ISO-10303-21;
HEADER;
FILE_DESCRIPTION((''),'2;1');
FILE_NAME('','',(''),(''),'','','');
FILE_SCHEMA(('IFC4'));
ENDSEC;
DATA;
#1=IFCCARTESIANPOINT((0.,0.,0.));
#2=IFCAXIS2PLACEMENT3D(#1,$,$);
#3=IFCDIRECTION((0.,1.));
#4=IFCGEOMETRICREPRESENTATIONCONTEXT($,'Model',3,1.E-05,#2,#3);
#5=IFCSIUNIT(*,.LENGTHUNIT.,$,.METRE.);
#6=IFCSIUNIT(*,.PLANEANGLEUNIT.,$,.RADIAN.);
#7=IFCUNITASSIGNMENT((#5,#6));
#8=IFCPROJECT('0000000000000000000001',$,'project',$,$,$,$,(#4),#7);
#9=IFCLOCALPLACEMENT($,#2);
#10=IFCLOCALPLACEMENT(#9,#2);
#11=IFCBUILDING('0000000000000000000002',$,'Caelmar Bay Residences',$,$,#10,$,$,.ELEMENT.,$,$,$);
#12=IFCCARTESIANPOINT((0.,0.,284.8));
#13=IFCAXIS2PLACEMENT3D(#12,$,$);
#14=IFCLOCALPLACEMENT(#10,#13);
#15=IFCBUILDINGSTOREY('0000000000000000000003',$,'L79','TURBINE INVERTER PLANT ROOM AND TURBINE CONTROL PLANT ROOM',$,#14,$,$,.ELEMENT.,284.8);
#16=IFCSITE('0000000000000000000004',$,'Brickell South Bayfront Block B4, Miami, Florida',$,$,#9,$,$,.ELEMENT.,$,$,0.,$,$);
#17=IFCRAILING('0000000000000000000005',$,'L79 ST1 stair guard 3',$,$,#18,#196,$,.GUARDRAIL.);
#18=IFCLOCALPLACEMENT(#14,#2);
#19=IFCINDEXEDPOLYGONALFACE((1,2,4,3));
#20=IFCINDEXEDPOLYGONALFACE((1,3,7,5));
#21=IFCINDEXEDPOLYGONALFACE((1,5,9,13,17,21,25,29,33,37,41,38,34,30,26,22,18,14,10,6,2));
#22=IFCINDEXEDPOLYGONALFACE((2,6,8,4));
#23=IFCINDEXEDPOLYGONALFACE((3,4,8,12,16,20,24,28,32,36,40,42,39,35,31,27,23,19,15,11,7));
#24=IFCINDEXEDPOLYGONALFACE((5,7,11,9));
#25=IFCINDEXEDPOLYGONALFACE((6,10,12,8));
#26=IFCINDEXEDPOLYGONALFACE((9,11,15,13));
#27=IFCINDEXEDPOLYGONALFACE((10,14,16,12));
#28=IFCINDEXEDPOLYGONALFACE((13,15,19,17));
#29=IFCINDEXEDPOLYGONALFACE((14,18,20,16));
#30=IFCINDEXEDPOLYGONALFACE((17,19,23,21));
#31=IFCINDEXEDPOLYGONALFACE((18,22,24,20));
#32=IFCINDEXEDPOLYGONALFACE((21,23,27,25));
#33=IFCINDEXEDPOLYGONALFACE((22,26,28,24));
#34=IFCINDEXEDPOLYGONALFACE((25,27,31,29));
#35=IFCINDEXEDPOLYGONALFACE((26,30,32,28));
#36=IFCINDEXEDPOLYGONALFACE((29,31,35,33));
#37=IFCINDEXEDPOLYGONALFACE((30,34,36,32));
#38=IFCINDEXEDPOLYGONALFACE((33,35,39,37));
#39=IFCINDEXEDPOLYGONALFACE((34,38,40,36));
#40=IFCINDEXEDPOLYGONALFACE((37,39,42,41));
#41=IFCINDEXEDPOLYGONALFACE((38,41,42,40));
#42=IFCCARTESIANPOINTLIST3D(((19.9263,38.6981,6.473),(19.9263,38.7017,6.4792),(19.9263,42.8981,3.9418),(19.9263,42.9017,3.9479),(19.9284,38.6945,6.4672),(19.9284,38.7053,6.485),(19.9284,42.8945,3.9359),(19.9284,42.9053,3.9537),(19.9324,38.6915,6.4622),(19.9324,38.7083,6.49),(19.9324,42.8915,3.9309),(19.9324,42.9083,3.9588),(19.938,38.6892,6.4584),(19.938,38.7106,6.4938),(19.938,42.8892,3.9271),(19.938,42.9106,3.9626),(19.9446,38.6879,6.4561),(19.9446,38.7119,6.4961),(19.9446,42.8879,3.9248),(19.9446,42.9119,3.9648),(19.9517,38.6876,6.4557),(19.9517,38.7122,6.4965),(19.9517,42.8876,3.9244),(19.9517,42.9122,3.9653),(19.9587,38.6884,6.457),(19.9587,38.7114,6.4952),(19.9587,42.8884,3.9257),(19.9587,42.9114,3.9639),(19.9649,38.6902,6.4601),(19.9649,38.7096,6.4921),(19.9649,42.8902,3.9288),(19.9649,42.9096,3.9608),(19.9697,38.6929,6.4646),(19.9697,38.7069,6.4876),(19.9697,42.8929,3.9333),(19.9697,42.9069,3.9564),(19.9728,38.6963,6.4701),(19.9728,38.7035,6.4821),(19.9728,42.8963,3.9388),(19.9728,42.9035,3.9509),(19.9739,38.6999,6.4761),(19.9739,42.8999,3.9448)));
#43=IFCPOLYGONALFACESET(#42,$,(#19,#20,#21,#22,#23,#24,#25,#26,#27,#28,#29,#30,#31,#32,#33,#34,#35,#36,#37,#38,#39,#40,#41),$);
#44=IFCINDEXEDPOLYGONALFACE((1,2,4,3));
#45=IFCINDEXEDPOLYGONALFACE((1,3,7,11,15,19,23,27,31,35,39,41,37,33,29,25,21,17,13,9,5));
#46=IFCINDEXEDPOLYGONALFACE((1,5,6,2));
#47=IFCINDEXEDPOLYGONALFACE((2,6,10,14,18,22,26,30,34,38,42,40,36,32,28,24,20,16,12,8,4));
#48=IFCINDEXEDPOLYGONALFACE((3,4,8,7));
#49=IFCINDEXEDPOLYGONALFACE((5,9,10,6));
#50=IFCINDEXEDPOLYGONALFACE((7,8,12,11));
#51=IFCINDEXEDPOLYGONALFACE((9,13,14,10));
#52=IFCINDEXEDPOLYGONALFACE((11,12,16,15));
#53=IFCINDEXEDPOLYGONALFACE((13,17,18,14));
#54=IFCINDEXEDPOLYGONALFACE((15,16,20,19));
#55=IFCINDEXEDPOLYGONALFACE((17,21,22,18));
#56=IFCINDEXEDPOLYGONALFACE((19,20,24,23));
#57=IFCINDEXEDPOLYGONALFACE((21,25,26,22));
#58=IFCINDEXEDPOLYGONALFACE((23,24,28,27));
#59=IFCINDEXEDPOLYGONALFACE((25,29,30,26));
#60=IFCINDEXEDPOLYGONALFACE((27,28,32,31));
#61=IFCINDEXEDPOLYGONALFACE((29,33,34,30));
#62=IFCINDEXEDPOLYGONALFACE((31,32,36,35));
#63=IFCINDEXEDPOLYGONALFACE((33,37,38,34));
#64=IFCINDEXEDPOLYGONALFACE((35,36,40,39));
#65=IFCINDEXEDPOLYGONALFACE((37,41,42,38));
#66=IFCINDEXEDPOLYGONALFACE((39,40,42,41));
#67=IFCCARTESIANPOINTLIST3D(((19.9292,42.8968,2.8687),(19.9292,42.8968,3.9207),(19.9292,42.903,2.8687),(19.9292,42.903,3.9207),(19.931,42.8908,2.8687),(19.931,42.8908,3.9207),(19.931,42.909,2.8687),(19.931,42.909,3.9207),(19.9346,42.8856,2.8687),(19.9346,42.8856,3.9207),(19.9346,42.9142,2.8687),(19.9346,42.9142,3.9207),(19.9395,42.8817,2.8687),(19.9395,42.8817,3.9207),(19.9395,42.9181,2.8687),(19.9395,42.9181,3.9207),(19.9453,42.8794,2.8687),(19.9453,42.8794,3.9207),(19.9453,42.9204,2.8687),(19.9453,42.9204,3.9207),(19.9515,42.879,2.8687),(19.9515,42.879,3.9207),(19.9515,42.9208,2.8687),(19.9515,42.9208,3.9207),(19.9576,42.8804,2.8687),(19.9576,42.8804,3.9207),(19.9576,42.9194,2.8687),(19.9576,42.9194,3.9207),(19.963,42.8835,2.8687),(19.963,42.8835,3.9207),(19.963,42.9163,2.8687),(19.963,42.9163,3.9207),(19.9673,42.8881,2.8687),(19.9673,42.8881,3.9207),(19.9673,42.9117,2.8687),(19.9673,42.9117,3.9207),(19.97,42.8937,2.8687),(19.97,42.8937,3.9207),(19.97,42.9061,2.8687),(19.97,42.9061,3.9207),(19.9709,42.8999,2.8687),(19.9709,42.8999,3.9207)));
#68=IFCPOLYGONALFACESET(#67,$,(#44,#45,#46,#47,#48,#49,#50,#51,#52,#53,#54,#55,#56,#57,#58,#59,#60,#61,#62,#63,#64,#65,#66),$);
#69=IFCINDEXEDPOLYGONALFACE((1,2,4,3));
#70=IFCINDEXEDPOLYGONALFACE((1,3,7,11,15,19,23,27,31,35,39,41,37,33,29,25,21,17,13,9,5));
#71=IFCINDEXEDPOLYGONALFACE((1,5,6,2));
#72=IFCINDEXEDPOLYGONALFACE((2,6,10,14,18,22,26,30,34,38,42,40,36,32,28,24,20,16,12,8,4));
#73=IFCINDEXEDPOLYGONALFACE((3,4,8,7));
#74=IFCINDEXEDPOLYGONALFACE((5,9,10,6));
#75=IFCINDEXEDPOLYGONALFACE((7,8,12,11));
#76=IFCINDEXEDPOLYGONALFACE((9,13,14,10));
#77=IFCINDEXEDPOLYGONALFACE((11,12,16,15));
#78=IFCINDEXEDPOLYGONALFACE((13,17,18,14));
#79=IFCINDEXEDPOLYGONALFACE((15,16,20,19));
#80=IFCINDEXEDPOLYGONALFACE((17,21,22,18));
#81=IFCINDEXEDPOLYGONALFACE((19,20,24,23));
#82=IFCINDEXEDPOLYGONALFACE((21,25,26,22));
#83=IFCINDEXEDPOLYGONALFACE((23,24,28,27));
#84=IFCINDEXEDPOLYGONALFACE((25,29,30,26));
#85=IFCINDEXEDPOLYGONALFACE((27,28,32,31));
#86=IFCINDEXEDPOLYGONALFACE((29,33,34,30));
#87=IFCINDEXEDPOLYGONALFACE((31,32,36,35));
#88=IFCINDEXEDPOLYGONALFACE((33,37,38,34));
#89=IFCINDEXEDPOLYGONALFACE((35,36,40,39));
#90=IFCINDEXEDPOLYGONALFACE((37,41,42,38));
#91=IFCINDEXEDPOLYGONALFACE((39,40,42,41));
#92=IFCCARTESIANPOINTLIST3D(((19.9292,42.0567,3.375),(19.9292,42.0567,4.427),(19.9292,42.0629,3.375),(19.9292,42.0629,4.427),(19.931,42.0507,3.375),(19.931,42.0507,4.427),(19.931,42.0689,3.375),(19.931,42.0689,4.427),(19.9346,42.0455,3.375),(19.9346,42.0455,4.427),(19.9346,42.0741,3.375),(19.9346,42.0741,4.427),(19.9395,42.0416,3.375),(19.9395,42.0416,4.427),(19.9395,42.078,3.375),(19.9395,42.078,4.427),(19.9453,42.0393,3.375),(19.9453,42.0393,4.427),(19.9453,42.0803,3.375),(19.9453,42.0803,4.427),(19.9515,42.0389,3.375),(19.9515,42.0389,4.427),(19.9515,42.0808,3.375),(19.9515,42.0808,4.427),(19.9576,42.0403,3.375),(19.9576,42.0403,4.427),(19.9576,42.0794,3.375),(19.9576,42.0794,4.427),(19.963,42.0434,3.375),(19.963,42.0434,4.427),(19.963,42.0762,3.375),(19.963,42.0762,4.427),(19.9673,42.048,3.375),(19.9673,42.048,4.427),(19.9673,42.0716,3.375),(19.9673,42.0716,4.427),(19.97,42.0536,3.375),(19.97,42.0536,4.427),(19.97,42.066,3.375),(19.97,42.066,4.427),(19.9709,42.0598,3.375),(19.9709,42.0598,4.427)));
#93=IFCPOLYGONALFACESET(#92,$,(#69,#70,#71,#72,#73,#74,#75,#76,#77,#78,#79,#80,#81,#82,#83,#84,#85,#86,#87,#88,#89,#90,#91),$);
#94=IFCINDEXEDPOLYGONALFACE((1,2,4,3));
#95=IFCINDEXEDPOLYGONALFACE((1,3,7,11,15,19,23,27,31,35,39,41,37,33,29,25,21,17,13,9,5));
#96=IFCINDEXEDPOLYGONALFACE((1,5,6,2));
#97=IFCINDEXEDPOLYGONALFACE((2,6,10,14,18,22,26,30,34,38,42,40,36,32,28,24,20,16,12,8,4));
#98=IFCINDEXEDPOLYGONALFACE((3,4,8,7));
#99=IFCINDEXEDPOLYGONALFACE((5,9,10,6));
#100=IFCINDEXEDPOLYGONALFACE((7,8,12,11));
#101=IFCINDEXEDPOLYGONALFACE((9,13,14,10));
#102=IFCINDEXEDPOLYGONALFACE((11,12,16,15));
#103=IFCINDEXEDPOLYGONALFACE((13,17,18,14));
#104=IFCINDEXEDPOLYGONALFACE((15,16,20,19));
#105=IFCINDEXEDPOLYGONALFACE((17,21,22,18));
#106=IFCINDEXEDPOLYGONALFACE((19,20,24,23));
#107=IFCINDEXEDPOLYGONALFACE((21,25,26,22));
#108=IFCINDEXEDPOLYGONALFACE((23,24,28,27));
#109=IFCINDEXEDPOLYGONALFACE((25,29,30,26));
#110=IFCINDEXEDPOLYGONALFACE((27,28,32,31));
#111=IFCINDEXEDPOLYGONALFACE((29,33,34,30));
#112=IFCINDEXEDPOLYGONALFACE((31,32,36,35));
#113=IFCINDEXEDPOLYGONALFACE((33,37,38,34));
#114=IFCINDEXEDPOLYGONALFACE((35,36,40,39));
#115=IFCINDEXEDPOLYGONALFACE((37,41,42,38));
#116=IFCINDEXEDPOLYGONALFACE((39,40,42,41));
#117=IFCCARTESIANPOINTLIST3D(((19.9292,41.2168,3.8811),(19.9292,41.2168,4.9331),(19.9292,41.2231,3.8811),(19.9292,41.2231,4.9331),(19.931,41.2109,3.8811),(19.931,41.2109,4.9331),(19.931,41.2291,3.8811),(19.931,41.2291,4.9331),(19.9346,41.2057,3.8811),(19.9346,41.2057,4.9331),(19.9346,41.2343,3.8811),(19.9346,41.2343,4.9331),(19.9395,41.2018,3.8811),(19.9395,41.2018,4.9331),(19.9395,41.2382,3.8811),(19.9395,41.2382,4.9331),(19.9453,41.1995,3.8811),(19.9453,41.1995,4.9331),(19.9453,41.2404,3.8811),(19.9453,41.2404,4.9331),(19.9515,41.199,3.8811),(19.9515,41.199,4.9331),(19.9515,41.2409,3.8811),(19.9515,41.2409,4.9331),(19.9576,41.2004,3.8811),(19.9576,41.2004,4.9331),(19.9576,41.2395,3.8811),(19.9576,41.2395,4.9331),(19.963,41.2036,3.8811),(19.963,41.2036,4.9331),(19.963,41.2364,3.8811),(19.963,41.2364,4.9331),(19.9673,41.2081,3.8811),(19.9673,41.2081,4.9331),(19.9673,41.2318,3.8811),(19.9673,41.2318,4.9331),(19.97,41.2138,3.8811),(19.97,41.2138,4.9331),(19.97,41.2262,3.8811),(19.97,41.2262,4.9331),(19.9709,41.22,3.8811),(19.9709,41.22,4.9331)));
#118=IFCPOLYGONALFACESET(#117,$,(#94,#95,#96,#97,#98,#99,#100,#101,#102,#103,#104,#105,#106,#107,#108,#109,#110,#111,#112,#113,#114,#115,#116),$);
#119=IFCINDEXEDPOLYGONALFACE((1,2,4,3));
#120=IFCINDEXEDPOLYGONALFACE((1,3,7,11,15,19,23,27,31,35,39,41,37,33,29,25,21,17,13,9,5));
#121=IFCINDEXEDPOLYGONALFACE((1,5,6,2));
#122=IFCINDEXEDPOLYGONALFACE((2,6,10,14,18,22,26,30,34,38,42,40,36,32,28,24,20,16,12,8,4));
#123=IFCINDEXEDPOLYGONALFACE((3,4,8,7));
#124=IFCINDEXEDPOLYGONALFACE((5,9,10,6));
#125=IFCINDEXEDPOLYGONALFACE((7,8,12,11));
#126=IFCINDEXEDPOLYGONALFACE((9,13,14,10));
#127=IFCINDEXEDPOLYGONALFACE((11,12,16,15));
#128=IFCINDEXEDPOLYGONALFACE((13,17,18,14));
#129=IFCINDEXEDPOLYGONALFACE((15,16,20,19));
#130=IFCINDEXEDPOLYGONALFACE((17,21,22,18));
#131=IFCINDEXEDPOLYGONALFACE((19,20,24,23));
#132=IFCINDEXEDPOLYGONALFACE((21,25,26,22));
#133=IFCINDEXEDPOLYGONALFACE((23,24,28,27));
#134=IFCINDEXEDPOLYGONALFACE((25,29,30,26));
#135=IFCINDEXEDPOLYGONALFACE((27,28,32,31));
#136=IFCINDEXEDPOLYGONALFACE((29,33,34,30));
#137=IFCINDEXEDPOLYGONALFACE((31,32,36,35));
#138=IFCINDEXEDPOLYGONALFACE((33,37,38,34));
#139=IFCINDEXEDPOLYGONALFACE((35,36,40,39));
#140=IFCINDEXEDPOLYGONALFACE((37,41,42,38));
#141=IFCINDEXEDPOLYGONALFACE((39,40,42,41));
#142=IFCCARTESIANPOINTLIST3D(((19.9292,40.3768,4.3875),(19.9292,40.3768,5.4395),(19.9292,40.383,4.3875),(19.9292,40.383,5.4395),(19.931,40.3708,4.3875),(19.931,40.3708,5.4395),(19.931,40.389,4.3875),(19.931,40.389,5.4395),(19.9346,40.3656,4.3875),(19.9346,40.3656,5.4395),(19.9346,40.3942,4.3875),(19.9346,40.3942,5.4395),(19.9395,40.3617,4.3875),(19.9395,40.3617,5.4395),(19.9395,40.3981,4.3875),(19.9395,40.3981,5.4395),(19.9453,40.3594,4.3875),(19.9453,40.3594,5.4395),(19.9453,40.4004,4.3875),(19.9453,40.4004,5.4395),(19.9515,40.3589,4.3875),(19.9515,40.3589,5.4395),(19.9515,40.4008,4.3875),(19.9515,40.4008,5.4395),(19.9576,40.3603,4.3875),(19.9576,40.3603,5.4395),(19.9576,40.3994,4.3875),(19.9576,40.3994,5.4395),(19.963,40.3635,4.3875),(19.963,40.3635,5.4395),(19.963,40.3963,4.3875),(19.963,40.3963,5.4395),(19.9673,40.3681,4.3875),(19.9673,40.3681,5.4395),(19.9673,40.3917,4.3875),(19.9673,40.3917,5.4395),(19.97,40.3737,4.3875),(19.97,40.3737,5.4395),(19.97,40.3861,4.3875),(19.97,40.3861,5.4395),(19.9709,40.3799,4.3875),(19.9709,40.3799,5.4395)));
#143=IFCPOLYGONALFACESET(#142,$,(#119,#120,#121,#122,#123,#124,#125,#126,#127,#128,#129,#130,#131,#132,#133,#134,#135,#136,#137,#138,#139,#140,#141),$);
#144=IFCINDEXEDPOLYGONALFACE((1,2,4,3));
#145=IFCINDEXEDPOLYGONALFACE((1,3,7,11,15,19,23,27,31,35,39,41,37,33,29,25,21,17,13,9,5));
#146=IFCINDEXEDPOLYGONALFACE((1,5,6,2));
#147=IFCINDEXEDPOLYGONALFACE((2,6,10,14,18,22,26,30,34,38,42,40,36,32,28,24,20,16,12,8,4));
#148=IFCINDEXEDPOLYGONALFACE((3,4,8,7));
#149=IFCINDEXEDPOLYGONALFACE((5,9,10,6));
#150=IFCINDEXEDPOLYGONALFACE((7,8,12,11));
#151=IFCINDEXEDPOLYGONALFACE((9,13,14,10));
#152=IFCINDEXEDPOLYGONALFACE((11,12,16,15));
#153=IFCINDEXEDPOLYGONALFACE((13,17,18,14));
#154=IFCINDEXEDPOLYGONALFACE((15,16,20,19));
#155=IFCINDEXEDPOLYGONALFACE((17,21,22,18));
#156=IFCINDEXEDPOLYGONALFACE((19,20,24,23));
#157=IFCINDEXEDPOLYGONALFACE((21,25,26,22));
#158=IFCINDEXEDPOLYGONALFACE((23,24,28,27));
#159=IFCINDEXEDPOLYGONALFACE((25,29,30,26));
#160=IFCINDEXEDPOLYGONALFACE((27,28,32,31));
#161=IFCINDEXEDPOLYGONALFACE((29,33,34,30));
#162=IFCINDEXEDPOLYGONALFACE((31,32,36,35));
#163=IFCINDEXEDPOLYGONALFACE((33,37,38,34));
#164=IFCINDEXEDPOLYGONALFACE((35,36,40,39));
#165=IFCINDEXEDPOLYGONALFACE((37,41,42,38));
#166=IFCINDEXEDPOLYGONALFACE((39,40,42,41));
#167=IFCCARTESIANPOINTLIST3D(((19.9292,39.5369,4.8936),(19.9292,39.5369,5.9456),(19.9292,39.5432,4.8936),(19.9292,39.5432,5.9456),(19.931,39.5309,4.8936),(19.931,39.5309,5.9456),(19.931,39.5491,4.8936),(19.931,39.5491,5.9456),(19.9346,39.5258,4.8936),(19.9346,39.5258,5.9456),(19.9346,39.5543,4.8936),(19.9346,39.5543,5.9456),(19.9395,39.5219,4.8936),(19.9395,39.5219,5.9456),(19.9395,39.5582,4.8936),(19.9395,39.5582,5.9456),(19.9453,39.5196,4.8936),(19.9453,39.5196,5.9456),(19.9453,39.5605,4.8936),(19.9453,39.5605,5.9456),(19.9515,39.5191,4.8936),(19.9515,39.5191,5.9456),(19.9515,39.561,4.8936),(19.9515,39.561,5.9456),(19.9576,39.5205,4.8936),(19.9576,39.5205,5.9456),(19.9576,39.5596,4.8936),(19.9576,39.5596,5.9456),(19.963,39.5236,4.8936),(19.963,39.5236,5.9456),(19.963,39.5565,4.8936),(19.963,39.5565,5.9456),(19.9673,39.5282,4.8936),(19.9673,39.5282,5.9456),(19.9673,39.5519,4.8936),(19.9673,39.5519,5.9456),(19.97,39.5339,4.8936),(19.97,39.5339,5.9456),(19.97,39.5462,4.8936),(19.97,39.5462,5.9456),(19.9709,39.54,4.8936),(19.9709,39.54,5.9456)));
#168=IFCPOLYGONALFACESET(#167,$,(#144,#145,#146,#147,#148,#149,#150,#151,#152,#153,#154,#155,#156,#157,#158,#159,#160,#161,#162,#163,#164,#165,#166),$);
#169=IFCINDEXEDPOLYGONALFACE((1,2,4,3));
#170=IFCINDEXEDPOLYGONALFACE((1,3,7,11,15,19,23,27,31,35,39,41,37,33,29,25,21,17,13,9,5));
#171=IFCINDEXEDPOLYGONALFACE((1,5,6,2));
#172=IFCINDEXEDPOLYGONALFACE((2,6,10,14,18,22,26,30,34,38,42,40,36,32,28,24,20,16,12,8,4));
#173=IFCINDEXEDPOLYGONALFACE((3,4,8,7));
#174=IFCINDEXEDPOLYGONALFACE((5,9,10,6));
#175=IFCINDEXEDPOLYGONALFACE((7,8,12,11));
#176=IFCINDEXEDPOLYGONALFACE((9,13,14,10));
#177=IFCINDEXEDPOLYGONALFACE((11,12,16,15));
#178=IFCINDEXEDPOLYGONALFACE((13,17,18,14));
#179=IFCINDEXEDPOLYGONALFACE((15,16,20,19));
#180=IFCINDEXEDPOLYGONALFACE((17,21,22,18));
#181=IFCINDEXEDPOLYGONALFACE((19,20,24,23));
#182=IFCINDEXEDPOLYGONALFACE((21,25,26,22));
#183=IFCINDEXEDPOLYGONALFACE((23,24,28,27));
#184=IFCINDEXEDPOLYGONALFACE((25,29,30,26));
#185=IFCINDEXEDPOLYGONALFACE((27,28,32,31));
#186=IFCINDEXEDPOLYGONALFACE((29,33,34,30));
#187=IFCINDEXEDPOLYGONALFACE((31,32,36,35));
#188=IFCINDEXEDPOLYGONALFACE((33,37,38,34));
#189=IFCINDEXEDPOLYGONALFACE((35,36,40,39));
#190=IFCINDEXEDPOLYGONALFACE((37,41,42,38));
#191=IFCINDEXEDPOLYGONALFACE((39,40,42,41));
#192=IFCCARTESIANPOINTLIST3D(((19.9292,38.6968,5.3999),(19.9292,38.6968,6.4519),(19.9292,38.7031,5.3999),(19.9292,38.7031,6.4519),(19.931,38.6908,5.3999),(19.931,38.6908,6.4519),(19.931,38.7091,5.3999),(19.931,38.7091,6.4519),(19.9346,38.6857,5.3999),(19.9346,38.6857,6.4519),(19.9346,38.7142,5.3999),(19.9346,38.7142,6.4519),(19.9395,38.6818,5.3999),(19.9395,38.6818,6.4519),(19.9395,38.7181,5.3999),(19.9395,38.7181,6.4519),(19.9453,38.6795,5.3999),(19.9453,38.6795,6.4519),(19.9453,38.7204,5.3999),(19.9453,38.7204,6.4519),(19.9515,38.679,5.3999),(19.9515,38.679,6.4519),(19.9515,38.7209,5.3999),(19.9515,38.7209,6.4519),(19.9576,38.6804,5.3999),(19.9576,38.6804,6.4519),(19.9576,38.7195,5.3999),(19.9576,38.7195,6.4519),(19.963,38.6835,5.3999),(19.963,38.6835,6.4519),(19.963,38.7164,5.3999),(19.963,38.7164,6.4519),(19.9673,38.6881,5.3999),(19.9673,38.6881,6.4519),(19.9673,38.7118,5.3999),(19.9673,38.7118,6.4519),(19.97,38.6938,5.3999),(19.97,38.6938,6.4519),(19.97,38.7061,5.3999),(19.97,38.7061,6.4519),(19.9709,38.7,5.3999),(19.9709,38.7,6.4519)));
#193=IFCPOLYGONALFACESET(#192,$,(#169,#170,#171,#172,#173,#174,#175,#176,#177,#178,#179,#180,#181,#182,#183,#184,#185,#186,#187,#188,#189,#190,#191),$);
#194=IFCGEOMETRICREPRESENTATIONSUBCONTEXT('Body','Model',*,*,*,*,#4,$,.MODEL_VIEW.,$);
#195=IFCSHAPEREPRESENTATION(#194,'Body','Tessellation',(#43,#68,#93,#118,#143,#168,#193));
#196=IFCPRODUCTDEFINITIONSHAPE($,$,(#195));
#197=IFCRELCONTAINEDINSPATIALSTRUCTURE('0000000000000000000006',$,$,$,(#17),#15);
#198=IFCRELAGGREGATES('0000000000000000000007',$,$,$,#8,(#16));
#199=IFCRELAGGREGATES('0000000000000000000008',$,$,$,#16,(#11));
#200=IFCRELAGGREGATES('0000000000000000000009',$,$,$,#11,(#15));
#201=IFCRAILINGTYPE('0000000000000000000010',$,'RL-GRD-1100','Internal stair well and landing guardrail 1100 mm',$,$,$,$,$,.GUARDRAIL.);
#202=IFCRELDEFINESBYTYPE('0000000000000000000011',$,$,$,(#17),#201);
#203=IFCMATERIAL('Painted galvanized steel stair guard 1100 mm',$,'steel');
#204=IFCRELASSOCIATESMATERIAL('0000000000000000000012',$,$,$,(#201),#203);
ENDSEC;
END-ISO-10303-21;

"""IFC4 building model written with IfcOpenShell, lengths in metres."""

from ifc_helpers import new_model, si_unit, direction, frame, origin, origin_2d, place, context, subcontext, project, spatial, circle, extrude, material, type_object, element, save


model = new_model("IFC4")

# Units and contexts
model_context = context("Model", 3, precision=1e-05, world=origin(), true_north=direction((0.0, 1.0)))
body_context = subcontext(model_context, "Body", "Model", "MODEL_VIEW")
ifc_project = project(units=[si_unit("LENGTHUNIT", "METRE"), si_unit("PLANEANGLEUNIT", "RADIAN")], contexts=[model_context])

# Site, building, storey
site_placement = place(None, origin())
site = spatial("IfcSite", under=ifc_project, at=site_placement, Name="Brickell South Bayfront Block B4, Miami, Florida", CompositionType="ELEMENT", RefElevation=0.0)
building_placement = place(site_placement, origin())
building = spatial("IfcBuilding", under=site, at=building_placement, Name="Caelmar Bay Residences", CompositionType="ELEMENT")
storey_placement = place(building_placement, frame((0.0, 0.0, 284.8)))
storey = spatial("IfcBuildingStorey", under=building, at=storey_placement, Name="L79", Description="TURBINE INVERTER PLANT ROOM AND TURBINE CONTROL PLANT ROOM", CompositionType="ELEMENT", Elevation=284.8)

# Railing
ifc_material_1 = material(Name="Painted galvanized steel stair guard 1100 mm", Category="steel")
railing_type_1 = type_object("IfcRailingType", Name="RL-GRD-1100", Description="Internal stair well and landing guardrail 1100 mm", PredefinedType="GUARDRAIL", material=ifc_material_1)
railing_1_placement = place(storey_placement, frame((19.95, 42.8999, 2.8687)))
element("IfcRailing", 1, at=railing_1_placement, inside=storey, type_object=railing_type_1, Name="L79 ST1 stair guard 3", PredefinedType="GUARDRAIL", context=body_context, shape_type="SweptSolid", body=[
    extrude(circle(Radius=0.0239, at=origin_2d()), frame((0.0, 0.0, 1.0762), z_axis=(0.0, -0.856476, 0.516186), x_axis=(1.0, 0.0, 0.0)), (0.0, 0.0, 1.0), 4.9038),
    extrude(circle(Radius=0.021, at=origin_2d()), origin(), (0.0, 0.0, 1.0), 1.052),
    extrude(circle(Radius=0.021, at=origin_2d()), frame((0.0, -0.8401, 0.5063)), (0.0, 0.0, 1.0), 1.052),
    extrude(circle(Radius=0.021, at=origin_2d()), frame((0.0, -1.6799, 1.0125)), (0.0, 0.0, 1.0), 1.052),
    extrude(circle(Radius=0.021, at=origin_2d()), frame((0.0, -2.52, 1.5188)), (0.0, 0.0, 1.0), 1.052),
    extrude(circle(Radius=0.021, at=origin_2d()), frame((0.0, -3.3599, 2.0249)), (0.0, 0.0, 1.0), 1.052),
    extrude(circle(Radius=0.021, at=origin_2d()), frame((0.0, -4.2, 2.5312)), (0.0, 0.0, 1.0), 1.052),
])

save(model, "model.ifc")
